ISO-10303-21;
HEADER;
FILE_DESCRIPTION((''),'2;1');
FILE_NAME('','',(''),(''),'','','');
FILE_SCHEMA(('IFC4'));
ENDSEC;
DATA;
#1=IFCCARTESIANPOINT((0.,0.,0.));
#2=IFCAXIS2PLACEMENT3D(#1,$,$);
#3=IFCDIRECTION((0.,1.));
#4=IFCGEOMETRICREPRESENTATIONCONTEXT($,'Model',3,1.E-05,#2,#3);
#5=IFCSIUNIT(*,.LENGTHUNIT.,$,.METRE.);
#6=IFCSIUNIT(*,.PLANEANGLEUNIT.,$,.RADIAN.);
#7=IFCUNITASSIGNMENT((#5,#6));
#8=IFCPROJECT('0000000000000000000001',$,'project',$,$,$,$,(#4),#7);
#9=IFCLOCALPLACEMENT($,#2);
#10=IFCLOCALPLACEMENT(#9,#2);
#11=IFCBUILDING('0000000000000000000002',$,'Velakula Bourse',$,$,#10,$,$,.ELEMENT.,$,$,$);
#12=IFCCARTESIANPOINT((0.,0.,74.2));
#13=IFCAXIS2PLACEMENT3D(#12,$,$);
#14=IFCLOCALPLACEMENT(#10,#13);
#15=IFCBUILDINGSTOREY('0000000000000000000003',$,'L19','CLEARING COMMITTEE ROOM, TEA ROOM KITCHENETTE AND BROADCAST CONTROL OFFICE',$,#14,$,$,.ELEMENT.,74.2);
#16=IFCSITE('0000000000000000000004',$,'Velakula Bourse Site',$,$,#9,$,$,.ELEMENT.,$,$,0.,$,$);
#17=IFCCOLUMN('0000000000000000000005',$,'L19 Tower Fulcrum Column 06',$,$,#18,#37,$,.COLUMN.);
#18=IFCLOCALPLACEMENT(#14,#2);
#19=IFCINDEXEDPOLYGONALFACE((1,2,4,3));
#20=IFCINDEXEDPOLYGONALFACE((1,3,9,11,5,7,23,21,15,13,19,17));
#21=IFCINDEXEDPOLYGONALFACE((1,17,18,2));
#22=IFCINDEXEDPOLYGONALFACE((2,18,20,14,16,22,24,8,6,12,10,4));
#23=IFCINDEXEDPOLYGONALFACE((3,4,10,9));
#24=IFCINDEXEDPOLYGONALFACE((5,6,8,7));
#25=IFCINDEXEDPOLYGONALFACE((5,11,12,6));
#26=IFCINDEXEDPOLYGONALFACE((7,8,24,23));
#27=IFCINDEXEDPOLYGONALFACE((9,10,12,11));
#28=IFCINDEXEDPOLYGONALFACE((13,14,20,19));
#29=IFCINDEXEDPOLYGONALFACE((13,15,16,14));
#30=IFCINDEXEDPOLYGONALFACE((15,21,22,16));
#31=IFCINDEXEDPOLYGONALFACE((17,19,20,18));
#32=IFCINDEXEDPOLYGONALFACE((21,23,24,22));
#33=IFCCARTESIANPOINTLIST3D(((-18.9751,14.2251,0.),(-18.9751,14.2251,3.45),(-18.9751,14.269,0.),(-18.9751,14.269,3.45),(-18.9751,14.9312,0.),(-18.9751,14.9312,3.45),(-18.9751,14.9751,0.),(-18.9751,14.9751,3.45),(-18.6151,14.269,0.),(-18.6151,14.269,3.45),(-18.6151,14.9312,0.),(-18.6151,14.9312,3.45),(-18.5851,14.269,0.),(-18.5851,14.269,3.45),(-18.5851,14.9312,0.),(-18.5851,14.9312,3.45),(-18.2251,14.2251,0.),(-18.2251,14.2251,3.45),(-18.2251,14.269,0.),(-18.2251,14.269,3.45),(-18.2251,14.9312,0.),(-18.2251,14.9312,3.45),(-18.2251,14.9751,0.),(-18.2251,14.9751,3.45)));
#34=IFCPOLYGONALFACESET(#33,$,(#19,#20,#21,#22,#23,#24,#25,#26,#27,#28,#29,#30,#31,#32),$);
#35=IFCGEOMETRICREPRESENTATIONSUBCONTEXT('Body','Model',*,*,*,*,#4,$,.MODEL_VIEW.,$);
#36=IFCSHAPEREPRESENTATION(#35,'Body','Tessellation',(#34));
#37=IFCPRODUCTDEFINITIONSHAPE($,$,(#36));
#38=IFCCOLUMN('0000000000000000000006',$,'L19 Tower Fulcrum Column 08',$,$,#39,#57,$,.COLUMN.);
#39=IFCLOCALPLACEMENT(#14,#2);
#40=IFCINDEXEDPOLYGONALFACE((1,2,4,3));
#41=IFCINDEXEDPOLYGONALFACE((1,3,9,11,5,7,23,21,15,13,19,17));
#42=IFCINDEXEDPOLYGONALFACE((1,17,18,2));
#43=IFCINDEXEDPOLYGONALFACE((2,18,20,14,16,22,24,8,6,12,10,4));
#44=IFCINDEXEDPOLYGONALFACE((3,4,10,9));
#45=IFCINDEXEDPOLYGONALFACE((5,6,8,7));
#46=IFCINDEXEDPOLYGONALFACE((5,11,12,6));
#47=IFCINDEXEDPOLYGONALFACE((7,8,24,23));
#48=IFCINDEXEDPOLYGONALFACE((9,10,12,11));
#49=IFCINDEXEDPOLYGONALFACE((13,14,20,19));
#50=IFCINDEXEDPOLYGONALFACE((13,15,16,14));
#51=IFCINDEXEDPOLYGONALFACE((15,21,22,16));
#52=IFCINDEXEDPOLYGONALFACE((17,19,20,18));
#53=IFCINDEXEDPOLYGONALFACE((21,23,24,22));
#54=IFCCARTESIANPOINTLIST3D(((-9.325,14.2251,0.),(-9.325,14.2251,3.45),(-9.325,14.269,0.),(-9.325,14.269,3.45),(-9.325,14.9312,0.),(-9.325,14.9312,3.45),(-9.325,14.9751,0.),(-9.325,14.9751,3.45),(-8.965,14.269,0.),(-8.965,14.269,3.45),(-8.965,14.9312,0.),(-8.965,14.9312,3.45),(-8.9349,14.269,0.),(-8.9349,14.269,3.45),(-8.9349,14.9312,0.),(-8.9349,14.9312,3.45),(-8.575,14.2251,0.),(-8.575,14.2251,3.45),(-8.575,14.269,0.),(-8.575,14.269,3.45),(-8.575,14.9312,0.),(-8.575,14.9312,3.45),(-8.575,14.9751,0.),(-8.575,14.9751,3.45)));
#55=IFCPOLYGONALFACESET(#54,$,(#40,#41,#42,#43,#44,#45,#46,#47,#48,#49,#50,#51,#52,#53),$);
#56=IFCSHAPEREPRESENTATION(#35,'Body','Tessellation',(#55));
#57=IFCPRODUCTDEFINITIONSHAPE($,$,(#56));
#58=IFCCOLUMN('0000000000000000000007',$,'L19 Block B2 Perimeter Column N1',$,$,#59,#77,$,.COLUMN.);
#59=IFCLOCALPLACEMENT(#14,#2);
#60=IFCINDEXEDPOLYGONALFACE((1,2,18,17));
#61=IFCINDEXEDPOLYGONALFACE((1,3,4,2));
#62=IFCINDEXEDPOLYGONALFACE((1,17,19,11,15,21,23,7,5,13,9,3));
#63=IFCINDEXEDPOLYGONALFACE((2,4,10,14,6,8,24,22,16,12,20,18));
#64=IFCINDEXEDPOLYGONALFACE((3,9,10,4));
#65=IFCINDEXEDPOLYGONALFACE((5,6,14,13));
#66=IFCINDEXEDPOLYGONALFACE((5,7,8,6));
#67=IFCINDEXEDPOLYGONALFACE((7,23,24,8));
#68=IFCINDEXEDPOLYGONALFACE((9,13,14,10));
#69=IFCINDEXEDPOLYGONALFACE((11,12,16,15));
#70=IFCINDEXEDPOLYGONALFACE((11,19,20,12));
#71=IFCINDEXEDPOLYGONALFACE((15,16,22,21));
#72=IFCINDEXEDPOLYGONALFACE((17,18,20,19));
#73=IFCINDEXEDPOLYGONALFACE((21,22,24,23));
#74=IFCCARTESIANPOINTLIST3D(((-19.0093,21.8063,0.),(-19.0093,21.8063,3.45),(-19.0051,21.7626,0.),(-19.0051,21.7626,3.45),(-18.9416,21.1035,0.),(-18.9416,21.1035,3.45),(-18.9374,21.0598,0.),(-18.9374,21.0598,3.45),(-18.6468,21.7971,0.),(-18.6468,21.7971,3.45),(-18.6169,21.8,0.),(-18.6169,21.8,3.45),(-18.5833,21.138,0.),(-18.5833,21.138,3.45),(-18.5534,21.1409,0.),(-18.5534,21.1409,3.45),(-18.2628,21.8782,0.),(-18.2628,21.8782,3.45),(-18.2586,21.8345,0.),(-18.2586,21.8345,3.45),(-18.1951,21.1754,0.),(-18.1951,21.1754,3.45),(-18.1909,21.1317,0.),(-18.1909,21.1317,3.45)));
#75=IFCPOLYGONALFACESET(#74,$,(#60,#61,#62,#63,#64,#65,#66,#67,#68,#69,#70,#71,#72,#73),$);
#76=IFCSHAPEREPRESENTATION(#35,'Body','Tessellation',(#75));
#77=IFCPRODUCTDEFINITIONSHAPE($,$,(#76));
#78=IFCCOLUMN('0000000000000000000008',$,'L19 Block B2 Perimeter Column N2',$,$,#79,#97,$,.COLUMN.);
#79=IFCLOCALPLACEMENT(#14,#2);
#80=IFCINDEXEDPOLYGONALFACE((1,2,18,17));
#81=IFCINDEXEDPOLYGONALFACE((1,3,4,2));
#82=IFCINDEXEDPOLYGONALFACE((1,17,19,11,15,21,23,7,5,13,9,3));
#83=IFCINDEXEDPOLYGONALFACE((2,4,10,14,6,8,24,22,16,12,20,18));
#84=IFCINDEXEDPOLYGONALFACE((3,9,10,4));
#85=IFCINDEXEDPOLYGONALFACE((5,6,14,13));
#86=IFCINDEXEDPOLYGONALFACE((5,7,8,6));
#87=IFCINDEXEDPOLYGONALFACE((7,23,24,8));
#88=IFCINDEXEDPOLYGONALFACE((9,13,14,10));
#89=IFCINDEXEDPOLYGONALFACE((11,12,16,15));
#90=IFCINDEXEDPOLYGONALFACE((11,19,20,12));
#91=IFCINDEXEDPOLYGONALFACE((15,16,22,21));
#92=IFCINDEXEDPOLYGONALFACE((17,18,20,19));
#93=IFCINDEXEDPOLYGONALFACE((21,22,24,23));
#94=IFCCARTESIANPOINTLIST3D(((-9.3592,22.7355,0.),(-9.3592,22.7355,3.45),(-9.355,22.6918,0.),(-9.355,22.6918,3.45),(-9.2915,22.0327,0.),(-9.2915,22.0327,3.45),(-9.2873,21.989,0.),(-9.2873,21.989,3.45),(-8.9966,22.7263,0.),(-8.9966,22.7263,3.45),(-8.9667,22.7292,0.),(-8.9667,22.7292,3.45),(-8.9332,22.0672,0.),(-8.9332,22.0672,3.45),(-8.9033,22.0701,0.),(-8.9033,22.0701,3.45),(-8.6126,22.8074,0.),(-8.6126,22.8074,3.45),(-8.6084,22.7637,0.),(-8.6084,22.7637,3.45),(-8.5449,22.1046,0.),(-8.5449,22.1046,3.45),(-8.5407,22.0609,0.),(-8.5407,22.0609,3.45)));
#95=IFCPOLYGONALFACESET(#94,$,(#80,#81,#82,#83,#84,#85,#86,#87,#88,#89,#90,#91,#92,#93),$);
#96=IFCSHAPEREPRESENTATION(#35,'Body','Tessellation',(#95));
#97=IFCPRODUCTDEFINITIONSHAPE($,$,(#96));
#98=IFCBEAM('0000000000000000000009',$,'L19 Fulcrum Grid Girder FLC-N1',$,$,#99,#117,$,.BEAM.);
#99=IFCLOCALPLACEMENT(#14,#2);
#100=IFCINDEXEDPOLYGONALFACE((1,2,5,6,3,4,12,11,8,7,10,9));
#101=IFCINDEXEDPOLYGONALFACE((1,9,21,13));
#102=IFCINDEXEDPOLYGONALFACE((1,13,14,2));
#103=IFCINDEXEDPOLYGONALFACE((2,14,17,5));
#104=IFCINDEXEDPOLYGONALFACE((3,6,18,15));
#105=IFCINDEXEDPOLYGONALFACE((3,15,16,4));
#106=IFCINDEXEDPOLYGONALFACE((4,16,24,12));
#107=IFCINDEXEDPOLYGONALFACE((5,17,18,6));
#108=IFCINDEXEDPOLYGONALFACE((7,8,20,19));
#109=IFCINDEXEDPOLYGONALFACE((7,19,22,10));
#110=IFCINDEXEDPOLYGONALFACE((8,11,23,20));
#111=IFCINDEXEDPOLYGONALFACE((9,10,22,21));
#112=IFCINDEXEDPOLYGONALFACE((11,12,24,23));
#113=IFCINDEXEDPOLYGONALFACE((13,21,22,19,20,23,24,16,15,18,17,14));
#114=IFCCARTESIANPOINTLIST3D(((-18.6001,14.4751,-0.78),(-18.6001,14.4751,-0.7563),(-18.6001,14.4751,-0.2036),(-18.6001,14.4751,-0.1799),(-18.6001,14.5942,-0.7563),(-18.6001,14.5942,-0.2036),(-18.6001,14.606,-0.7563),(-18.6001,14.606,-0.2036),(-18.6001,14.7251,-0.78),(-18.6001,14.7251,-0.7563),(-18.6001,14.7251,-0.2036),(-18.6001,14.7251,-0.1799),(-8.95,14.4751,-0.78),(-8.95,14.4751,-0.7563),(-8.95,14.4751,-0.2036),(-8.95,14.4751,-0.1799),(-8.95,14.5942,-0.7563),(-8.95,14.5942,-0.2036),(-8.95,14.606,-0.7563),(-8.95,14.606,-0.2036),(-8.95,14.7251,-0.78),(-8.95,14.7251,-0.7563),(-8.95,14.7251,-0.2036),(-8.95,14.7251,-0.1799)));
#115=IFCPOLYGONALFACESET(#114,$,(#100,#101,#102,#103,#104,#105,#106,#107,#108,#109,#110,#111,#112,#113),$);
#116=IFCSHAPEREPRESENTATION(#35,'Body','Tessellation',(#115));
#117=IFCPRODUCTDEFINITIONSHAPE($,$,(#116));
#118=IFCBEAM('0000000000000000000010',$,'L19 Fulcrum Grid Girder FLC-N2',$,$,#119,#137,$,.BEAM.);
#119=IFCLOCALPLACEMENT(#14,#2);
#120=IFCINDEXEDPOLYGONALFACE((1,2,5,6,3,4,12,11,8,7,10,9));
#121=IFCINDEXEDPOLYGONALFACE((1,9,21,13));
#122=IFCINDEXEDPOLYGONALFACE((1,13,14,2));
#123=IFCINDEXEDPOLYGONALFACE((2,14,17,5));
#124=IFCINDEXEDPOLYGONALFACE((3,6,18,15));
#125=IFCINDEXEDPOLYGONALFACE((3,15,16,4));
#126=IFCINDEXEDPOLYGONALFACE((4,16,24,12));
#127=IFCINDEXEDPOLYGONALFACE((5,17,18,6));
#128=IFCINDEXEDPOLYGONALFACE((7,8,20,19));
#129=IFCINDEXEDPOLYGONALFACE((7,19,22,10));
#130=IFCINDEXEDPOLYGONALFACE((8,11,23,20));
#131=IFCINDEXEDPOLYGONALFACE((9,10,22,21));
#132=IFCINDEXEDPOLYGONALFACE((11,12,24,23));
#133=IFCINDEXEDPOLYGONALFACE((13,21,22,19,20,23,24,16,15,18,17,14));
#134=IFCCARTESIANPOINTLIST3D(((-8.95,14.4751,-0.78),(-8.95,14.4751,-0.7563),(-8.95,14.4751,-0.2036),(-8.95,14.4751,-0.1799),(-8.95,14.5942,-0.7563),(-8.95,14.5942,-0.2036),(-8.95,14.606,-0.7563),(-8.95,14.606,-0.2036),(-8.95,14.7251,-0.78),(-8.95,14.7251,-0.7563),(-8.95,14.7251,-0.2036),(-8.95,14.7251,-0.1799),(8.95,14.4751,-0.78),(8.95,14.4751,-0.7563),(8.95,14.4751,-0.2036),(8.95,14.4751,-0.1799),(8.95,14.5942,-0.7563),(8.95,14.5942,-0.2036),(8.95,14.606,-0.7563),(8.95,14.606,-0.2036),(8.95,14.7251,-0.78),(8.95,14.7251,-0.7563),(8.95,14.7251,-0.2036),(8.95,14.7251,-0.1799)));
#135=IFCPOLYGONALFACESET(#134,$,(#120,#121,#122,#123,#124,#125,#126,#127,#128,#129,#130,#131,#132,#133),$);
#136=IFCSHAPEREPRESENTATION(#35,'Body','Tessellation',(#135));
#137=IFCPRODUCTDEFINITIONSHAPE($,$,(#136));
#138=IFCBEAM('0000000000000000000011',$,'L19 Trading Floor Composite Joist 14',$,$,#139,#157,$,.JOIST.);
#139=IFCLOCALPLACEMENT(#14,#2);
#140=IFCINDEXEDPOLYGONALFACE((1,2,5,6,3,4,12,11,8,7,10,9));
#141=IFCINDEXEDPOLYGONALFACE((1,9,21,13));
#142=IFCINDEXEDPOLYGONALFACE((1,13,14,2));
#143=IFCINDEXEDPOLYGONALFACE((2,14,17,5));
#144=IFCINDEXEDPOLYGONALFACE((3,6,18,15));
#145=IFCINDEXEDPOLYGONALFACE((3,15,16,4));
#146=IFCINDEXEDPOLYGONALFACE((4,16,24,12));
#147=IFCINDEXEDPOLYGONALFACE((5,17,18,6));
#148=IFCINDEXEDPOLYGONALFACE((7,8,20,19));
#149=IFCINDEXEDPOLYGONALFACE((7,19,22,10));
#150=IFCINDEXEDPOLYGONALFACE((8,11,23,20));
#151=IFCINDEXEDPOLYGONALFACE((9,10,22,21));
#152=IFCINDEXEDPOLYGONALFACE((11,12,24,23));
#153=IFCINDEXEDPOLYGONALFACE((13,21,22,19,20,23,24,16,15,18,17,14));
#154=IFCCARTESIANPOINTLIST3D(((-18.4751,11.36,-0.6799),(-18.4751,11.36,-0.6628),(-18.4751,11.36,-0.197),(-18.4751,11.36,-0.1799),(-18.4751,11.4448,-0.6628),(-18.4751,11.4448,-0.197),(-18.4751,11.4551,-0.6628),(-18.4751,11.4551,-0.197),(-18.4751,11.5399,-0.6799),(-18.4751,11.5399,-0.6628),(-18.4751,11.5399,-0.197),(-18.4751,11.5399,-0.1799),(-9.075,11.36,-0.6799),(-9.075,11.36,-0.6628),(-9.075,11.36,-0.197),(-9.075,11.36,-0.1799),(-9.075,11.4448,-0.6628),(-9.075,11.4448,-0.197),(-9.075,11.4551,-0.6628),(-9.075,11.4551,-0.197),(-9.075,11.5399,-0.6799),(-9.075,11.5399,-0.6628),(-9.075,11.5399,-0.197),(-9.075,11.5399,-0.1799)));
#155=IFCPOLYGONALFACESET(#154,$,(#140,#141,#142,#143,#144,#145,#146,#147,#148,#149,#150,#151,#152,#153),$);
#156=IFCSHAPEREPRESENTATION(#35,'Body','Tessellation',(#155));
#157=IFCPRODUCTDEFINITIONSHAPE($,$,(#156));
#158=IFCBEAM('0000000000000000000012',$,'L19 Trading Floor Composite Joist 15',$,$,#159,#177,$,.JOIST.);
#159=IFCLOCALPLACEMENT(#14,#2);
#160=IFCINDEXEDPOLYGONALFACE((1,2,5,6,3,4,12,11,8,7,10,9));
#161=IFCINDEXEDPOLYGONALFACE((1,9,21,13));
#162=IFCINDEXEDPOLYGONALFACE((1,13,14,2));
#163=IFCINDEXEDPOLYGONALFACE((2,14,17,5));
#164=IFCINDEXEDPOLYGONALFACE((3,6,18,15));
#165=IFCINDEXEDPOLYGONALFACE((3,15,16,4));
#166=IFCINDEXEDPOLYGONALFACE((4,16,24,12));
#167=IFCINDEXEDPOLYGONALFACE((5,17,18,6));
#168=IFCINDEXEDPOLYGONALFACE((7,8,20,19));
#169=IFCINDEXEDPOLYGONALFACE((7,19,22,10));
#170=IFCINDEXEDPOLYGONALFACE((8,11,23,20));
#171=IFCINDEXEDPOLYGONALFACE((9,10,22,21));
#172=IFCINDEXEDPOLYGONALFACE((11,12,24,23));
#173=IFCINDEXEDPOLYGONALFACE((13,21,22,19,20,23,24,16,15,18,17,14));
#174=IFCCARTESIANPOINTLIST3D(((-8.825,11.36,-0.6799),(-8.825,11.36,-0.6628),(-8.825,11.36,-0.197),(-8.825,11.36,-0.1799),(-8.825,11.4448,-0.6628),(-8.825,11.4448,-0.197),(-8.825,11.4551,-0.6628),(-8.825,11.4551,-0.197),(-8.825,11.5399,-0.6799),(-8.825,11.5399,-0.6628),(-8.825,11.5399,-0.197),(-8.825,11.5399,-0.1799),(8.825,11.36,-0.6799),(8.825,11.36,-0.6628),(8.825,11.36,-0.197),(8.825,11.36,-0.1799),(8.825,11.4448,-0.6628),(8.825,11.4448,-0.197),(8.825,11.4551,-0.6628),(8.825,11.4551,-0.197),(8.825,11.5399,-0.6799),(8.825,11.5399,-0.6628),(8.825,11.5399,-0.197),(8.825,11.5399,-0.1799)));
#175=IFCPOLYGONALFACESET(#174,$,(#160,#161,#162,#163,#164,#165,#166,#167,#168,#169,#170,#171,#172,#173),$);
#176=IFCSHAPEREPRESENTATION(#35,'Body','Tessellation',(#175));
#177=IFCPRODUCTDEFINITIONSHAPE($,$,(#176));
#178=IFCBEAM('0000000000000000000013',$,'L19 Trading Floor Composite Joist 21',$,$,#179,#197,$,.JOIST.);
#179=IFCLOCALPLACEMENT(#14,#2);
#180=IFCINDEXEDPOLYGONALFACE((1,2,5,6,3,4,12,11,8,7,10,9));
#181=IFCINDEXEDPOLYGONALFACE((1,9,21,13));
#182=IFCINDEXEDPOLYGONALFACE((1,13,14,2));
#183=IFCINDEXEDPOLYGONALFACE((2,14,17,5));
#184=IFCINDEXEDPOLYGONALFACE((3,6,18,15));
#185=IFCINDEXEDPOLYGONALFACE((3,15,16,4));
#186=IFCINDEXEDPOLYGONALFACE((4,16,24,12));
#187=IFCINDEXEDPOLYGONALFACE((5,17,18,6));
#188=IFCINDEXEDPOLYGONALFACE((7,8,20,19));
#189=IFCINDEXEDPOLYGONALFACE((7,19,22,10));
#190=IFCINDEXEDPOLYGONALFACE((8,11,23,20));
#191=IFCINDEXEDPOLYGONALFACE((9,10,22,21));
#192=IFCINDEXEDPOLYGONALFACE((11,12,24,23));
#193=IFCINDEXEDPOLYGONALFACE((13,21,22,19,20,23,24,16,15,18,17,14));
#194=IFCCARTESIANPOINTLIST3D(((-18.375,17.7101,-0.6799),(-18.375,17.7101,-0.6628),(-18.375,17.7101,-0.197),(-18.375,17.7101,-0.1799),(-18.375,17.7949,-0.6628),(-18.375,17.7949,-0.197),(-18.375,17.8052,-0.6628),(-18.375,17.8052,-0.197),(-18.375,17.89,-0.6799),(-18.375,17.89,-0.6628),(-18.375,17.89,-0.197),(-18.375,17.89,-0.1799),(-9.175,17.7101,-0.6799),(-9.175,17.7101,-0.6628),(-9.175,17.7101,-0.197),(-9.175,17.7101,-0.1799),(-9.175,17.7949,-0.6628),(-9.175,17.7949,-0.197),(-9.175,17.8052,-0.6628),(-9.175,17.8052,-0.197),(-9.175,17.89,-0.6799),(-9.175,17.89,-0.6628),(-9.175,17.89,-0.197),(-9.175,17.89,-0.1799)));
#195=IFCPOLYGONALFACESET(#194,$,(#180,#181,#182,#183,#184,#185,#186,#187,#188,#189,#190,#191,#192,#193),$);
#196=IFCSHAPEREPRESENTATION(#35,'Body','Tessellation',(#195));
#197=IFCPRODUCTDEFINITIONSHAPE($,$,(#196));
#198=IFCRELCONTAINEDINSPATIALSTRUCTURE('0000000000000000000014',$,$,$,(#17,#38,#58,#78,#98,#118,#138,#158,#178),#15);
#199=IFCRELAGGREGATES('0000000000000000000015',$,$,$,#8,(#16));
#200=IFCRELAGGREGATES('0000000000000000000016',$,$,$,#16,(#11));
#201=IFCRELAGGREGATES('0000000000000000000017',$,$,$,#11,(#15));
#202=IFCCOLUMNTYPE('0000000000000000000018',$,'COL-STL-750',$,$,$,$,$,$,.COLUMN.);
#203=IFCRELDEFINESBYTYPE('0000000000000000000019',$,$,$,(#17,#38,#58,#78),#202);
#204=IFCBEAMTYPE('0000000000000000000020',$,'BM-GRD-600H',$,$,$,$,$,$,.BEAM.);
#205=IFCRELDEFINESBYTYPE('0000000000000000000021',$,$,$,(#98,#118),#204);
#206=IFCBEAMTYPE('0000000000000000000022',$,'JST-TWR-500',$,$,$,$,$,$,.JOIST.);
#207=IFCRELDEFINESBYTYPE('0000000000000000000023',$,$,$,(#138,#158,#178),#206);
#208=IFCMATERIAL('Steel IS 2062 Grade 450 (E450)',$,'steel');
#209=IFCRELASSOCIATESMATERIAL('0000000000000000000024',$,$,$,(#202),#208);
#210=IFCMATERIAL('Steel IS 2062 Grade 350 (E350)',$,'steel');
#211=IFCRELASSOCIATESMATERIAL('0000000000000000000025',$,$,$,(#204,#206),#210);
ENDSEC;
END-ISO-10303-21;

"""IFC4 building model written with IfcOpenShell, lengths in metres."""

from ifc_helpers import new_model, si_unit, direction, frame, origin, origin_2d, place, context, subcontext, project, spatial, i_section, extrude, material, material_profile, profile_set, type_object, element, save


model = new_model("IFC4")

# Units and contexts
model_context = context("Model", 3, precision=1e-05, world=origin(), true_north=direction((0.0, 1.0)))
body_context = subcontext(model_context, "Body", "Model", "MODEL_VIEW")
ifc_project = project(units=[si_unit("LENGTHUNIT", "METRE"), si_unit("PLANEANGLEUNIT", "RADIAN")], contexts=[model_context])

# Site, building, storey
site_placement = place(None, origin())
site = spatial("IfcSite", under=ifc_project, at=site_placement, Name="Velakula Bourse Site", CompositionType="ELEMENT", RefElevation=0.0)
building_placement = place(site_placement, origin())
building = spatial("IfcBuilding", under=site, at=building_placement, Name="Velakula Bourse", CompositionType="ELEMENT")
storey_placement = place(building_placement, frame((0.0, 0.0, 74.2)))
storey = spatial("IfcBuildingStorey", under=building, at=storey_placement, Name="L19", Description="CLEARING COMMITTEE ROOM, TEA ROOM KITCHENETTE AND BROADCAST CONTROL OFFICE", CompositionType="ELEMENT", Elevation=74.2)

# Columns
ifc_material_1 = material(Name="Steel IS 2062 Grade 450 (E450)", Category="steel")
ifc_material_profile_1 = material_profile(ifc_material_1, i_section(OverallWidth=0.75, OverallDepth=0.75, WebThickness=0.03, FlangeThickness=0.0439, at=origin_2d()), Name="Steel IS 2062 Grade 450 (E450)")
ifc_profile_set_1 = profile_set([ifc_material_profile_1], Name="Steel IS 2062 Grade 450 (E450)")
column_type = type_object("IfcColumnType", Name="COL-STL-750", PredefinedType="COLUMN", material=ifc_profile_set_1)
for number, where, z_axis, x_axis, name in (
    (1, (-18.6001, 14.6001, 0.0), (0.0, 0.0, 1.0), (1.0, 0.0, 0.0), "L19 Tower Fulcrum Column 06"),
    (2, (-8.95, 14.6001, 0.0), (0.0, 0.0, 1.0), (1.0, 0.0, 0.0), "L19 Tower Fulcrum Column 08"),
    (3, (-18.6001, 21.469, 0.0), (0.0, 0.0, 1.0), (0.995396, 0.095846, 0.0), "L19 Block B2 Perimeter Column N1"),
    (4, (-8.95, 22.3982, 0.0), (0.0, 0.0, 1.0), (0.995396, 0.095846, 0.0), "L19 Block B2 Perimeter Column N2"),
):
    element("IfcColumn", number, at=place(storey_placement, frame(where, z_axis=z_axis, x_axis=x_axis)), inside=storey, type_object=column_type, Name=name, PredefinedType="COLUMN", context=body_context, shape_type="SweptSolid", body=[
        extrude(i_section(OverallWidth=0.75, OverallDepth=0.75, WebThickness=0.03, FlangeThickness=0.0439, at=origin_2d()), origin(), (0.0, 0.0, 1.0), 3.45),
    ])

# Beams
ifc_material_2 = material(Name="Steel IS 2062 Grade 350 (E350)", Category="steel")
ifc_material_profile_2 = material_profile(ifc_material_2, i_section(OverallWidth=0.25, OverallDepth=0.6001, WebThickness=0.0117, FlangeThickness=0.0237, at=origin_2d()), Name="Steel IS 2062 Grade 350 (E350)")
ifc_profile_set_2 = profile_set([ifc_material_profile_2], Name="Steel IS 2062 Grade 350 (E350)")
beam_type_1 = type_object("IfcBeamType", Name="BM-GRD-600H", PredefinedType="BEAM", material=ifc_profile_set_2)
beam_1_placement = place(storey_placement, frame((-18.6001, 14.6001, -0.48), z_axis=(1.0, 0.0, 0.0), x_axis=(0.0, 1.0, 0.0)))
element("IfcBeam", 5, at=beam_1_placement, inside=storey, type_object=beam_type_1, Name="L19 Fulcrum Grid Girder FLC-N1", PredefinedType="BEAM", context=body_context, shape_type="SweptSolid", body=[
    extrude(i_section(OverallWidth=0.25, OverallDepth=0.6001, WebThickness=0.0117, FlangeThickness=0.0237, at=origin_2d()), origin(), (0.0, 0.0, 1.0), 9.6501),
])
beam_2_placement = place(storey_placement, frame((-8.95, 14.6001, -0.48), z_axis=(1.0, 0.0, 0.0), x_axis=(0.0, 1.0, 0.0)))
element("IfcBeam", 6, at=beam_2_placement, inside=storey, type_object=beam_type_1, Name="L19 Fulcrum Grid Girder FLC-N2", PredefinedType="BEAM", context=body_context, shape_type="SweptSolid", body=[
    extrude(i_section(OverallWidth=0.25, OverallDepth=0.6001, WebThickness=0.0117, FlangeThickness=0.0237, at=origin_2d()), origin(), (0.0, 0.0, 1.0), 17.8999),
])
ifc_material_profile_3 = material_profile(ifc_material_2, i_section(OverallWidth=0.1799, OverallDepth=0.5, WebThickness=0.0103, FlangeThickness=0.0171, at=origin_2d()), Name="Steel IS 2062 Grade 350 (E350)")
ifc_profile_set_3 = profile_set([ifc_material_profile_3], Name="Steel IS 2062 Grade 350 (E350)")
beam_type_2 = type_object("IfcBeamType", Name="JST-TWR-500", PredefinedType="JOIST", material=ifc_profile_set_3)
beam_3_placement = place(storey_placement, frame((-18.4751, 11.45, -0.4299), z_axis=(1.0, 0.0, 0.0), x_axis=(0.0, 1.0, 0.0)))
element("IfcBeam", 7, at=beam_3_placement, inside=storey, type_object=beam_type_2, Name="L19 Trading Floor Composite Joist 14", PredefinedType="JOIST", context=body_context, shape_type="SweptSolid", body=[
    extrude(i_section(OverallWidth=0.1799, OverallDepth=0.5, WebThickness=0.0103, FlangeThickness=0.0171, at=origin_2d()), origin(), (0.0, 0.0, 1.0), 9.4001),
])
beam_4_placement = place(storey_placement, frame((-8.825, 11.45, -0.4299), z_axis=(1.0, 0.0, 0.0), x_axis=(0.0, 1.0, 0.0)))
element("IfcBeam", 8, at=beam_4_placement, inside=storey, type_object=beam_type_2, Name="L19 Trading Floor Composite Joist 15", PredefinedType="JOIST", context=body_context, shape_type="SweptSolid", body=[
    extrude(i_section(OverallWidth=0.1799, OverallDepth=0.5, WebThickness=0.0103, FlangeThickness=0.0171, at=origin_2d()), origin(), (0.0, 0.0, 1.0), 17.6499),
])
beam_5_placement = place(storey_placement, frame((-18.375, 17.8, -0.4299), z_axis=(1.0, 0.0, 0.0), x_axis=(0.0, 1.0, 0.0)))
element("IfcBeam", 9, at=beam_5_placement, inside=storey, type_object=beam_type_2, Name="L19 Trading Floor Composite Joist 21", PredefinedType="JOIST", context=body_context, shape_type="SweptSolid", body=[
    extrude(i_section(OverallWidth=0.1799, OverallDepth=0.5, WebThickness=0.0103, FlangeThickness=0.0171, at=origin_2d()), origin(), (0.0, 0.0, 1.0), 9.2),
])

save(model, "model.ifc")
